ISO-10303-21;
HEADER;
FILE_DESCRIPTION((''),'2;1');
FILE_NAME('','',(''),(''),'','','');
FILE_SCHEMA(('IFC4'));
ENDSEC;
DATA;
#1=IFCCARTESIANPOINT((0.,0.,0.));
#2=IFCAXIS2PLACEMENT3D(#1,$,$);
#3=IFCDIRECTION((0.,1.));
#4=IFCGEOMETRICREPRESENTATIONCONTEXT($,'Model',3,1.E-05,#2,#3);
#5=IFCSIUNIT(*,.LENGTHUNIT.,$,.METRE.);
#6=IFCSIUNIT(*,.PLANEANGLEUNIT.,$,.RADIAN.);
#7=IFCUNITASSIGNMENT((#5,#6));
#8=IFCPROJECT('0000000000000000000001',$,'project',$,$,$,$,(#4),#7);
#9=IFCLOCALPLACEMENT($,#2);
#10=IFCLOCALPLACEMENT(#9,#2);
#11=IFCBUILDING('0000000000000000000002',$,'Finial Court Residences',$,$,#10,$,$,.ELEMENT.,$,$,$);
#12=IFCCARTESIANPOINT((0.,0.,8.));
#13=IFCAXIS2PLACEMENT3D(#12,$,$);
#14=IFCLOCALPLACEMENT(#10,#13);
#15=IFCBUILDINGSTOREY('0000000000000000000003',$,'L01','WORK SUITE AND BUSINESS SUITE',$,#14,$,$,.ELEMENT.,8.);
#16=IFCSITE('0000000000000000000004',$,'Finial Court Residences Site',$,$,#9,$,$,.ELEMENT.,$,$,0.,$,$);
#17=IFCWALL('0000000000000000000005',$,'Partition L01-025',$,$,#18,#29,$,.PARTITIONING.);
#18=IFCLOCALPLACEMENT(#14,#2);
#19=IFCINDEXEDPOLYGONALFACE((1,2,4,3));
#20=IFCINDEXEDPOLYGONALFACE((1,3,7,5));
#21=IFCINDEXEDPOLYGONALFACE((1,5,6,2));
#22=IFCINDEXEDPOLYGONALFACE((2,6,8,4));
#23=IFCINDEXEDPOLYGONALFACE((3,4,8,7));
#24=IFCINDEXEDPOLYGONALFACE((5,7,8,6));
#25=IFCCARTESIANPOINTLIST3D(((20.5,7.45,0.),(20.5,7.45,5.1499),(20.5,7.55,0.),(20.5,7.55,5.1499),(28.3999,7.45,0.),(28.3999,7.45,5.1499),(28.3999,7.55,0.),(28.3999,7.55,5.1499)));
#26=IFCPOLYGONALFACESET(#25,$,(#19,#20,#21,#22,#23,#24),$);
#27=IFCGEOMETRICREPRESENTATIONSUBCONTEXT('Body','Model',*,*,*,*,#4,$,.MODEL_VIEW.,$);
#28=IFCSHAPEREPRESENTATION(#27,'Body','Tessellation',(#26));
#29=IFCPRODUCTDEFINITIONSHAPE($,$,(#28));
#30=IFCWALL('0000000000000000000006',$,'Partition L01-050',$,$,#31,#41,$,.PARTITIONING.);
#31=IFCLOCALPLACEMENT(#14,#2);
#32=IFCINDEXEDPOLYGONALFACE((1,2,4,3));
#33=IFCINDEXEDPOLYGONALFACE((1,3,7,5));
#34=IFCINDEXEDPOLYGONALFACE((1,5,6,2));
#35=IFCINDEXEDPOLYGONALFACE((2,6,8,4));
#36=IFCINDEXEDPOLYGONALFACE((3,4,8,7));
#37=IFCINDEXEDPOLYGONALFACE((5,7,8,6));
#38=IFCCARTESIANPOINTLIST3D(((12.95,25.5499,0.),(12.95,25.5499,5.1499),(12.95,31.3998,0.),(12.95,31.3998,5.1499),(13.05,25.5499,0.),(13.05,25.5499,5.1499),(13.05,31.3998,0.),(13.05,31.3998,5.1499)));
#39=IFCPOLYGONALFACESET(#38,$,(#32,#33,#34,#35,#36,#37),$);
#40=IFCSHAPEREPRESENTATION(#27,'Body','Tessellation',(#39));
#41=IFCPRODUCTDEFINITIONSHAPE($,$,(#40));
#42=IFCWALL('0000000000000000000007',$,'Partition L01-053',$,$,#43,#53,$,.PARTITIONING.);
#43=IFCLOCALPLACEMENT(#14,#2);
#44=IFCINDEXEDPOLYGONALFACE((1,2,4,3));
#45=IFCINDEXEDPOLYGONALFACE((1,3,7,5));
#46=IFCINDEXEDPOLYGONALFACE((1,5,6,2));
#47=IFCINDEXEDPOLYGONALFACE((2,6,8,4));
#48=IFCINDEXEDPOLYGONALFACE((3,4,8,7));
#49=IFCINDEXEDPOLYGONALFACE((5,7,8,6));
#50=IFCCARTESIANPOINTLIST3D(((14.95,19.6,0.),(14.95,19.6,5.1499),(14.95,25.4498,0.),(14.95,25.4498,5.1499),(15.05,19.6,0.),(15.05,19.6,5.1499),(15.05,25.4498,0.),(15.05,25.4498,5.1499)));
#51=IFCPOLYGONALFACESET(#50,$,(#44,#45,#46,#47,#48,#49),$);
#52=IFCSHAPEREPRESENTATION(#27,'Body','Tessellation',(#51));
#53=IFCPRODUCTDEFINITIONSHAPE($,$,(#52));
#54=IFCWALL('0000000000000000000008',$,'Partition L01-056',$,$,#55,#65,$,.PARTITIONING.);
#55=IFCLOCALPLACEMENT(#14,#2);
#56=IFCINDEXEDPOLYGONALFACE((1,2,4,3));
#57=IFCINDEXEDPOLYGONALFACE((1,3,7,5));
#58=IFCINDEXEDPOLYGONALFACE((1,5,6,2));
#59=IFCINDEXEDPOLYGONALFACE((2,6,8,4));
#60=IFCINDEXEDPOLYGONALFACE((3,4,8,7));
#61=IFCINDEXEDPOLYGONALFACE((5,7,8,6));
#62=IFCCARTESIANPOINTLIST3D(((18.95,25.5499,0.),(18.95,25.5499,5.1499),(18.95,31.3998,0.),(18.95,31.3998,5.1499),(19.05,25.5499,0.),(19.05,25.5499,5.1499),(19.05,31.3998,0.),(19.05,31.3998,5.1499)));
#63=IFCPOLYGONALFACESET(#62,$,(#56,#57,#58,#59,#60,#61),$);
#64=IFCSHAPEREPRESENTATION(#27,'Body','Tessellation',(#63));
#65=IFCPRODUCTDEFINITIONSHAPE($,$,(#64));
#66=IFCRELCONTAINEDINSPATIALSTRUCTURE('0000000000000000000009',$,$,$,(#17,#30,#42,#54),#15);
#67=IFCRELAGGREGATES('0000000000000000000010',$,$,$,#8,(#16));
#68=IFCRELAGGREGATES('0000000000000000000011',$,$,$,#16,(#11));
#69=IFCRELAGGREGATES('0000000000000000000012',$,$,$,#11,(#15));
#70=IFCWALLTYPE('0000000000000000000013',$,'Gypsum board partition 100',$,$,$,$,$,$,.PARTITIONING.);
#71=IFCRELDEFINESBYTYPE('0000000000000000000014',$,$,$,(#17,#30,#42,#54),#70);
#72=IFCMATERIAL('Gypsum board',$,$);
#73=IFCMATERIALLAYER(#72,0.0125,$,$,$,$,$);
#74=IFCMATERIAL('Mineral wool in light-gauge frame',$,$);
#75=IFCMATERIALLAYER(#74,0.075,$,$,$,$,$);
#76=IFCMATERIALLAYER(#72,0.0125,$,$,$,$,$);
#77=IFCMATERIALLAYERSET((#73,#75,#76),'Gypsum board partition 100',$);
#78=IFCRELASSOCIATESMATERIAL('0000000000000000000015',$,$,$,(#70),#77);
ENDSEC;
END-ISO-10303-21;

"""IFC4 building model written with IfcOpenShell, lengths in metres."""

from ifc_helpers import new_model, si_unit, direction, frame, frame_2d, origin, place, context, subcontext, project, spatial, rectangle, extrude, material, layer, layer_set, type_object, element, save


model = new_model("IFC4")

# Units and contexts
model_context = context("Model", 3, precision=1e-05, world=origin(), true_north=direction((0.0, 1.0)))
body_context = subcontext(model_context, "Body", "Model", "MODEL_VIEW")
ifc_project = project(units=[si_unit("LENGTHUNIT", "METRE"), si_unit("PLANEANGLEUNIT", "RADIAN")], contexts=[model_context])

# Site, building, storey
site_placement = place(None, origin())
site = spatial("IfcSite", under=ifc_project, at=site_placement, Name="Finial Court Residences Site", CompositionType="ELEMENT", RefElevation=0.0)
building_placement = place(site_placement, origin())
building = spatial("IfcBuilding", under=site, at=building_placement, Name="Finial Court Residences", CompositionType="ELEMENT")
storey_placement = place(building_placement, frame((0.0, 0.0, 8.0)))
storey = spatial("IfcBuildingStorey", under=building, at=storey_placement, Name="L01", Description="WORK SUITE AND BUSINESS SUITE", CompositionType="ELEMENT", Elevation=8.0)

# Shared definitions
ifc_material_1 = material(Name="Gypsum board")

# Walls
ifc_layer_1 = layer(ifc_material_1, 0.0125)
ifc_material_2 = material(Name="Mineral wool in light-gauge frame")
ifc_layer_2 = layer(ifc_material_2, 0.075)
ifc_layer_3 = layer(ifc_material_1, 0.0125)
ifc_layer_set_1 = layer_set([ifc_layer_1, ifc_layer_2, ifc_layer_3], Name="Gypsum board partition 100")
wall_type_1 = type_object("IfcWallType", Name="Gypsum board partition 100", PredefinedType="PARTITIONING", material=ifc_layer_set_1)
wall_1_placement = place(storey_placement, frame((20.5, 7.5, 0.0), z_axis=(0.0, 0.0, 1.0), x_axis=(1.0, 0.0, 0.0)))
element("IfcWall", 1, at=wall_1_placement, inside=storey, type_object=wall_type_1, Name="Partition L01-025", PredefinedType="PARTITIONING", context=body_context, shape_type="SweptSolid", body=[
    extrude(rectangle(XDim=7.8999, YDim=0.1001, at=frame_2d((3.95, 0.0))), origin(), (0.0, 0.0, 1.0), 5.1499),
])
for number, where, z_axis, x_axis, name in (
    (2, (13.0, 25.55, 0.0), (0.0, 0.0, 1.0), (0.0, 1.0, 0.0), "Partition L01-050"),
    (3, (15.0, 19.6001, 0.0), (0.0, 0.0, 1.0), (0.0, 1.0, 0.0), "Partition L01-053"),
    (4, (19.0, 25.55, 0.0), (0.0, 0.0, 1.0), (0.0, 1.0, 0.0), "Partition L01-056"),
):
    element("IfcWall", number, at=place(storey_placement, frame(where, z_axis=z_axis, x_axis=x_axis)), inside=storey, type_object=wall_type_1, Name=name, PredefinedType="PARTITIONING", context=body_context, shape_type="SweptSolid", body=[
        extrude(rectangle(XDim=5.8499, YDim=0.1001, at=frame_2d((2.9248, 0.0))), origin(), (0.0, 0.0, 1.0), 5.1499),
    ])

save(model, "model.ifc")
